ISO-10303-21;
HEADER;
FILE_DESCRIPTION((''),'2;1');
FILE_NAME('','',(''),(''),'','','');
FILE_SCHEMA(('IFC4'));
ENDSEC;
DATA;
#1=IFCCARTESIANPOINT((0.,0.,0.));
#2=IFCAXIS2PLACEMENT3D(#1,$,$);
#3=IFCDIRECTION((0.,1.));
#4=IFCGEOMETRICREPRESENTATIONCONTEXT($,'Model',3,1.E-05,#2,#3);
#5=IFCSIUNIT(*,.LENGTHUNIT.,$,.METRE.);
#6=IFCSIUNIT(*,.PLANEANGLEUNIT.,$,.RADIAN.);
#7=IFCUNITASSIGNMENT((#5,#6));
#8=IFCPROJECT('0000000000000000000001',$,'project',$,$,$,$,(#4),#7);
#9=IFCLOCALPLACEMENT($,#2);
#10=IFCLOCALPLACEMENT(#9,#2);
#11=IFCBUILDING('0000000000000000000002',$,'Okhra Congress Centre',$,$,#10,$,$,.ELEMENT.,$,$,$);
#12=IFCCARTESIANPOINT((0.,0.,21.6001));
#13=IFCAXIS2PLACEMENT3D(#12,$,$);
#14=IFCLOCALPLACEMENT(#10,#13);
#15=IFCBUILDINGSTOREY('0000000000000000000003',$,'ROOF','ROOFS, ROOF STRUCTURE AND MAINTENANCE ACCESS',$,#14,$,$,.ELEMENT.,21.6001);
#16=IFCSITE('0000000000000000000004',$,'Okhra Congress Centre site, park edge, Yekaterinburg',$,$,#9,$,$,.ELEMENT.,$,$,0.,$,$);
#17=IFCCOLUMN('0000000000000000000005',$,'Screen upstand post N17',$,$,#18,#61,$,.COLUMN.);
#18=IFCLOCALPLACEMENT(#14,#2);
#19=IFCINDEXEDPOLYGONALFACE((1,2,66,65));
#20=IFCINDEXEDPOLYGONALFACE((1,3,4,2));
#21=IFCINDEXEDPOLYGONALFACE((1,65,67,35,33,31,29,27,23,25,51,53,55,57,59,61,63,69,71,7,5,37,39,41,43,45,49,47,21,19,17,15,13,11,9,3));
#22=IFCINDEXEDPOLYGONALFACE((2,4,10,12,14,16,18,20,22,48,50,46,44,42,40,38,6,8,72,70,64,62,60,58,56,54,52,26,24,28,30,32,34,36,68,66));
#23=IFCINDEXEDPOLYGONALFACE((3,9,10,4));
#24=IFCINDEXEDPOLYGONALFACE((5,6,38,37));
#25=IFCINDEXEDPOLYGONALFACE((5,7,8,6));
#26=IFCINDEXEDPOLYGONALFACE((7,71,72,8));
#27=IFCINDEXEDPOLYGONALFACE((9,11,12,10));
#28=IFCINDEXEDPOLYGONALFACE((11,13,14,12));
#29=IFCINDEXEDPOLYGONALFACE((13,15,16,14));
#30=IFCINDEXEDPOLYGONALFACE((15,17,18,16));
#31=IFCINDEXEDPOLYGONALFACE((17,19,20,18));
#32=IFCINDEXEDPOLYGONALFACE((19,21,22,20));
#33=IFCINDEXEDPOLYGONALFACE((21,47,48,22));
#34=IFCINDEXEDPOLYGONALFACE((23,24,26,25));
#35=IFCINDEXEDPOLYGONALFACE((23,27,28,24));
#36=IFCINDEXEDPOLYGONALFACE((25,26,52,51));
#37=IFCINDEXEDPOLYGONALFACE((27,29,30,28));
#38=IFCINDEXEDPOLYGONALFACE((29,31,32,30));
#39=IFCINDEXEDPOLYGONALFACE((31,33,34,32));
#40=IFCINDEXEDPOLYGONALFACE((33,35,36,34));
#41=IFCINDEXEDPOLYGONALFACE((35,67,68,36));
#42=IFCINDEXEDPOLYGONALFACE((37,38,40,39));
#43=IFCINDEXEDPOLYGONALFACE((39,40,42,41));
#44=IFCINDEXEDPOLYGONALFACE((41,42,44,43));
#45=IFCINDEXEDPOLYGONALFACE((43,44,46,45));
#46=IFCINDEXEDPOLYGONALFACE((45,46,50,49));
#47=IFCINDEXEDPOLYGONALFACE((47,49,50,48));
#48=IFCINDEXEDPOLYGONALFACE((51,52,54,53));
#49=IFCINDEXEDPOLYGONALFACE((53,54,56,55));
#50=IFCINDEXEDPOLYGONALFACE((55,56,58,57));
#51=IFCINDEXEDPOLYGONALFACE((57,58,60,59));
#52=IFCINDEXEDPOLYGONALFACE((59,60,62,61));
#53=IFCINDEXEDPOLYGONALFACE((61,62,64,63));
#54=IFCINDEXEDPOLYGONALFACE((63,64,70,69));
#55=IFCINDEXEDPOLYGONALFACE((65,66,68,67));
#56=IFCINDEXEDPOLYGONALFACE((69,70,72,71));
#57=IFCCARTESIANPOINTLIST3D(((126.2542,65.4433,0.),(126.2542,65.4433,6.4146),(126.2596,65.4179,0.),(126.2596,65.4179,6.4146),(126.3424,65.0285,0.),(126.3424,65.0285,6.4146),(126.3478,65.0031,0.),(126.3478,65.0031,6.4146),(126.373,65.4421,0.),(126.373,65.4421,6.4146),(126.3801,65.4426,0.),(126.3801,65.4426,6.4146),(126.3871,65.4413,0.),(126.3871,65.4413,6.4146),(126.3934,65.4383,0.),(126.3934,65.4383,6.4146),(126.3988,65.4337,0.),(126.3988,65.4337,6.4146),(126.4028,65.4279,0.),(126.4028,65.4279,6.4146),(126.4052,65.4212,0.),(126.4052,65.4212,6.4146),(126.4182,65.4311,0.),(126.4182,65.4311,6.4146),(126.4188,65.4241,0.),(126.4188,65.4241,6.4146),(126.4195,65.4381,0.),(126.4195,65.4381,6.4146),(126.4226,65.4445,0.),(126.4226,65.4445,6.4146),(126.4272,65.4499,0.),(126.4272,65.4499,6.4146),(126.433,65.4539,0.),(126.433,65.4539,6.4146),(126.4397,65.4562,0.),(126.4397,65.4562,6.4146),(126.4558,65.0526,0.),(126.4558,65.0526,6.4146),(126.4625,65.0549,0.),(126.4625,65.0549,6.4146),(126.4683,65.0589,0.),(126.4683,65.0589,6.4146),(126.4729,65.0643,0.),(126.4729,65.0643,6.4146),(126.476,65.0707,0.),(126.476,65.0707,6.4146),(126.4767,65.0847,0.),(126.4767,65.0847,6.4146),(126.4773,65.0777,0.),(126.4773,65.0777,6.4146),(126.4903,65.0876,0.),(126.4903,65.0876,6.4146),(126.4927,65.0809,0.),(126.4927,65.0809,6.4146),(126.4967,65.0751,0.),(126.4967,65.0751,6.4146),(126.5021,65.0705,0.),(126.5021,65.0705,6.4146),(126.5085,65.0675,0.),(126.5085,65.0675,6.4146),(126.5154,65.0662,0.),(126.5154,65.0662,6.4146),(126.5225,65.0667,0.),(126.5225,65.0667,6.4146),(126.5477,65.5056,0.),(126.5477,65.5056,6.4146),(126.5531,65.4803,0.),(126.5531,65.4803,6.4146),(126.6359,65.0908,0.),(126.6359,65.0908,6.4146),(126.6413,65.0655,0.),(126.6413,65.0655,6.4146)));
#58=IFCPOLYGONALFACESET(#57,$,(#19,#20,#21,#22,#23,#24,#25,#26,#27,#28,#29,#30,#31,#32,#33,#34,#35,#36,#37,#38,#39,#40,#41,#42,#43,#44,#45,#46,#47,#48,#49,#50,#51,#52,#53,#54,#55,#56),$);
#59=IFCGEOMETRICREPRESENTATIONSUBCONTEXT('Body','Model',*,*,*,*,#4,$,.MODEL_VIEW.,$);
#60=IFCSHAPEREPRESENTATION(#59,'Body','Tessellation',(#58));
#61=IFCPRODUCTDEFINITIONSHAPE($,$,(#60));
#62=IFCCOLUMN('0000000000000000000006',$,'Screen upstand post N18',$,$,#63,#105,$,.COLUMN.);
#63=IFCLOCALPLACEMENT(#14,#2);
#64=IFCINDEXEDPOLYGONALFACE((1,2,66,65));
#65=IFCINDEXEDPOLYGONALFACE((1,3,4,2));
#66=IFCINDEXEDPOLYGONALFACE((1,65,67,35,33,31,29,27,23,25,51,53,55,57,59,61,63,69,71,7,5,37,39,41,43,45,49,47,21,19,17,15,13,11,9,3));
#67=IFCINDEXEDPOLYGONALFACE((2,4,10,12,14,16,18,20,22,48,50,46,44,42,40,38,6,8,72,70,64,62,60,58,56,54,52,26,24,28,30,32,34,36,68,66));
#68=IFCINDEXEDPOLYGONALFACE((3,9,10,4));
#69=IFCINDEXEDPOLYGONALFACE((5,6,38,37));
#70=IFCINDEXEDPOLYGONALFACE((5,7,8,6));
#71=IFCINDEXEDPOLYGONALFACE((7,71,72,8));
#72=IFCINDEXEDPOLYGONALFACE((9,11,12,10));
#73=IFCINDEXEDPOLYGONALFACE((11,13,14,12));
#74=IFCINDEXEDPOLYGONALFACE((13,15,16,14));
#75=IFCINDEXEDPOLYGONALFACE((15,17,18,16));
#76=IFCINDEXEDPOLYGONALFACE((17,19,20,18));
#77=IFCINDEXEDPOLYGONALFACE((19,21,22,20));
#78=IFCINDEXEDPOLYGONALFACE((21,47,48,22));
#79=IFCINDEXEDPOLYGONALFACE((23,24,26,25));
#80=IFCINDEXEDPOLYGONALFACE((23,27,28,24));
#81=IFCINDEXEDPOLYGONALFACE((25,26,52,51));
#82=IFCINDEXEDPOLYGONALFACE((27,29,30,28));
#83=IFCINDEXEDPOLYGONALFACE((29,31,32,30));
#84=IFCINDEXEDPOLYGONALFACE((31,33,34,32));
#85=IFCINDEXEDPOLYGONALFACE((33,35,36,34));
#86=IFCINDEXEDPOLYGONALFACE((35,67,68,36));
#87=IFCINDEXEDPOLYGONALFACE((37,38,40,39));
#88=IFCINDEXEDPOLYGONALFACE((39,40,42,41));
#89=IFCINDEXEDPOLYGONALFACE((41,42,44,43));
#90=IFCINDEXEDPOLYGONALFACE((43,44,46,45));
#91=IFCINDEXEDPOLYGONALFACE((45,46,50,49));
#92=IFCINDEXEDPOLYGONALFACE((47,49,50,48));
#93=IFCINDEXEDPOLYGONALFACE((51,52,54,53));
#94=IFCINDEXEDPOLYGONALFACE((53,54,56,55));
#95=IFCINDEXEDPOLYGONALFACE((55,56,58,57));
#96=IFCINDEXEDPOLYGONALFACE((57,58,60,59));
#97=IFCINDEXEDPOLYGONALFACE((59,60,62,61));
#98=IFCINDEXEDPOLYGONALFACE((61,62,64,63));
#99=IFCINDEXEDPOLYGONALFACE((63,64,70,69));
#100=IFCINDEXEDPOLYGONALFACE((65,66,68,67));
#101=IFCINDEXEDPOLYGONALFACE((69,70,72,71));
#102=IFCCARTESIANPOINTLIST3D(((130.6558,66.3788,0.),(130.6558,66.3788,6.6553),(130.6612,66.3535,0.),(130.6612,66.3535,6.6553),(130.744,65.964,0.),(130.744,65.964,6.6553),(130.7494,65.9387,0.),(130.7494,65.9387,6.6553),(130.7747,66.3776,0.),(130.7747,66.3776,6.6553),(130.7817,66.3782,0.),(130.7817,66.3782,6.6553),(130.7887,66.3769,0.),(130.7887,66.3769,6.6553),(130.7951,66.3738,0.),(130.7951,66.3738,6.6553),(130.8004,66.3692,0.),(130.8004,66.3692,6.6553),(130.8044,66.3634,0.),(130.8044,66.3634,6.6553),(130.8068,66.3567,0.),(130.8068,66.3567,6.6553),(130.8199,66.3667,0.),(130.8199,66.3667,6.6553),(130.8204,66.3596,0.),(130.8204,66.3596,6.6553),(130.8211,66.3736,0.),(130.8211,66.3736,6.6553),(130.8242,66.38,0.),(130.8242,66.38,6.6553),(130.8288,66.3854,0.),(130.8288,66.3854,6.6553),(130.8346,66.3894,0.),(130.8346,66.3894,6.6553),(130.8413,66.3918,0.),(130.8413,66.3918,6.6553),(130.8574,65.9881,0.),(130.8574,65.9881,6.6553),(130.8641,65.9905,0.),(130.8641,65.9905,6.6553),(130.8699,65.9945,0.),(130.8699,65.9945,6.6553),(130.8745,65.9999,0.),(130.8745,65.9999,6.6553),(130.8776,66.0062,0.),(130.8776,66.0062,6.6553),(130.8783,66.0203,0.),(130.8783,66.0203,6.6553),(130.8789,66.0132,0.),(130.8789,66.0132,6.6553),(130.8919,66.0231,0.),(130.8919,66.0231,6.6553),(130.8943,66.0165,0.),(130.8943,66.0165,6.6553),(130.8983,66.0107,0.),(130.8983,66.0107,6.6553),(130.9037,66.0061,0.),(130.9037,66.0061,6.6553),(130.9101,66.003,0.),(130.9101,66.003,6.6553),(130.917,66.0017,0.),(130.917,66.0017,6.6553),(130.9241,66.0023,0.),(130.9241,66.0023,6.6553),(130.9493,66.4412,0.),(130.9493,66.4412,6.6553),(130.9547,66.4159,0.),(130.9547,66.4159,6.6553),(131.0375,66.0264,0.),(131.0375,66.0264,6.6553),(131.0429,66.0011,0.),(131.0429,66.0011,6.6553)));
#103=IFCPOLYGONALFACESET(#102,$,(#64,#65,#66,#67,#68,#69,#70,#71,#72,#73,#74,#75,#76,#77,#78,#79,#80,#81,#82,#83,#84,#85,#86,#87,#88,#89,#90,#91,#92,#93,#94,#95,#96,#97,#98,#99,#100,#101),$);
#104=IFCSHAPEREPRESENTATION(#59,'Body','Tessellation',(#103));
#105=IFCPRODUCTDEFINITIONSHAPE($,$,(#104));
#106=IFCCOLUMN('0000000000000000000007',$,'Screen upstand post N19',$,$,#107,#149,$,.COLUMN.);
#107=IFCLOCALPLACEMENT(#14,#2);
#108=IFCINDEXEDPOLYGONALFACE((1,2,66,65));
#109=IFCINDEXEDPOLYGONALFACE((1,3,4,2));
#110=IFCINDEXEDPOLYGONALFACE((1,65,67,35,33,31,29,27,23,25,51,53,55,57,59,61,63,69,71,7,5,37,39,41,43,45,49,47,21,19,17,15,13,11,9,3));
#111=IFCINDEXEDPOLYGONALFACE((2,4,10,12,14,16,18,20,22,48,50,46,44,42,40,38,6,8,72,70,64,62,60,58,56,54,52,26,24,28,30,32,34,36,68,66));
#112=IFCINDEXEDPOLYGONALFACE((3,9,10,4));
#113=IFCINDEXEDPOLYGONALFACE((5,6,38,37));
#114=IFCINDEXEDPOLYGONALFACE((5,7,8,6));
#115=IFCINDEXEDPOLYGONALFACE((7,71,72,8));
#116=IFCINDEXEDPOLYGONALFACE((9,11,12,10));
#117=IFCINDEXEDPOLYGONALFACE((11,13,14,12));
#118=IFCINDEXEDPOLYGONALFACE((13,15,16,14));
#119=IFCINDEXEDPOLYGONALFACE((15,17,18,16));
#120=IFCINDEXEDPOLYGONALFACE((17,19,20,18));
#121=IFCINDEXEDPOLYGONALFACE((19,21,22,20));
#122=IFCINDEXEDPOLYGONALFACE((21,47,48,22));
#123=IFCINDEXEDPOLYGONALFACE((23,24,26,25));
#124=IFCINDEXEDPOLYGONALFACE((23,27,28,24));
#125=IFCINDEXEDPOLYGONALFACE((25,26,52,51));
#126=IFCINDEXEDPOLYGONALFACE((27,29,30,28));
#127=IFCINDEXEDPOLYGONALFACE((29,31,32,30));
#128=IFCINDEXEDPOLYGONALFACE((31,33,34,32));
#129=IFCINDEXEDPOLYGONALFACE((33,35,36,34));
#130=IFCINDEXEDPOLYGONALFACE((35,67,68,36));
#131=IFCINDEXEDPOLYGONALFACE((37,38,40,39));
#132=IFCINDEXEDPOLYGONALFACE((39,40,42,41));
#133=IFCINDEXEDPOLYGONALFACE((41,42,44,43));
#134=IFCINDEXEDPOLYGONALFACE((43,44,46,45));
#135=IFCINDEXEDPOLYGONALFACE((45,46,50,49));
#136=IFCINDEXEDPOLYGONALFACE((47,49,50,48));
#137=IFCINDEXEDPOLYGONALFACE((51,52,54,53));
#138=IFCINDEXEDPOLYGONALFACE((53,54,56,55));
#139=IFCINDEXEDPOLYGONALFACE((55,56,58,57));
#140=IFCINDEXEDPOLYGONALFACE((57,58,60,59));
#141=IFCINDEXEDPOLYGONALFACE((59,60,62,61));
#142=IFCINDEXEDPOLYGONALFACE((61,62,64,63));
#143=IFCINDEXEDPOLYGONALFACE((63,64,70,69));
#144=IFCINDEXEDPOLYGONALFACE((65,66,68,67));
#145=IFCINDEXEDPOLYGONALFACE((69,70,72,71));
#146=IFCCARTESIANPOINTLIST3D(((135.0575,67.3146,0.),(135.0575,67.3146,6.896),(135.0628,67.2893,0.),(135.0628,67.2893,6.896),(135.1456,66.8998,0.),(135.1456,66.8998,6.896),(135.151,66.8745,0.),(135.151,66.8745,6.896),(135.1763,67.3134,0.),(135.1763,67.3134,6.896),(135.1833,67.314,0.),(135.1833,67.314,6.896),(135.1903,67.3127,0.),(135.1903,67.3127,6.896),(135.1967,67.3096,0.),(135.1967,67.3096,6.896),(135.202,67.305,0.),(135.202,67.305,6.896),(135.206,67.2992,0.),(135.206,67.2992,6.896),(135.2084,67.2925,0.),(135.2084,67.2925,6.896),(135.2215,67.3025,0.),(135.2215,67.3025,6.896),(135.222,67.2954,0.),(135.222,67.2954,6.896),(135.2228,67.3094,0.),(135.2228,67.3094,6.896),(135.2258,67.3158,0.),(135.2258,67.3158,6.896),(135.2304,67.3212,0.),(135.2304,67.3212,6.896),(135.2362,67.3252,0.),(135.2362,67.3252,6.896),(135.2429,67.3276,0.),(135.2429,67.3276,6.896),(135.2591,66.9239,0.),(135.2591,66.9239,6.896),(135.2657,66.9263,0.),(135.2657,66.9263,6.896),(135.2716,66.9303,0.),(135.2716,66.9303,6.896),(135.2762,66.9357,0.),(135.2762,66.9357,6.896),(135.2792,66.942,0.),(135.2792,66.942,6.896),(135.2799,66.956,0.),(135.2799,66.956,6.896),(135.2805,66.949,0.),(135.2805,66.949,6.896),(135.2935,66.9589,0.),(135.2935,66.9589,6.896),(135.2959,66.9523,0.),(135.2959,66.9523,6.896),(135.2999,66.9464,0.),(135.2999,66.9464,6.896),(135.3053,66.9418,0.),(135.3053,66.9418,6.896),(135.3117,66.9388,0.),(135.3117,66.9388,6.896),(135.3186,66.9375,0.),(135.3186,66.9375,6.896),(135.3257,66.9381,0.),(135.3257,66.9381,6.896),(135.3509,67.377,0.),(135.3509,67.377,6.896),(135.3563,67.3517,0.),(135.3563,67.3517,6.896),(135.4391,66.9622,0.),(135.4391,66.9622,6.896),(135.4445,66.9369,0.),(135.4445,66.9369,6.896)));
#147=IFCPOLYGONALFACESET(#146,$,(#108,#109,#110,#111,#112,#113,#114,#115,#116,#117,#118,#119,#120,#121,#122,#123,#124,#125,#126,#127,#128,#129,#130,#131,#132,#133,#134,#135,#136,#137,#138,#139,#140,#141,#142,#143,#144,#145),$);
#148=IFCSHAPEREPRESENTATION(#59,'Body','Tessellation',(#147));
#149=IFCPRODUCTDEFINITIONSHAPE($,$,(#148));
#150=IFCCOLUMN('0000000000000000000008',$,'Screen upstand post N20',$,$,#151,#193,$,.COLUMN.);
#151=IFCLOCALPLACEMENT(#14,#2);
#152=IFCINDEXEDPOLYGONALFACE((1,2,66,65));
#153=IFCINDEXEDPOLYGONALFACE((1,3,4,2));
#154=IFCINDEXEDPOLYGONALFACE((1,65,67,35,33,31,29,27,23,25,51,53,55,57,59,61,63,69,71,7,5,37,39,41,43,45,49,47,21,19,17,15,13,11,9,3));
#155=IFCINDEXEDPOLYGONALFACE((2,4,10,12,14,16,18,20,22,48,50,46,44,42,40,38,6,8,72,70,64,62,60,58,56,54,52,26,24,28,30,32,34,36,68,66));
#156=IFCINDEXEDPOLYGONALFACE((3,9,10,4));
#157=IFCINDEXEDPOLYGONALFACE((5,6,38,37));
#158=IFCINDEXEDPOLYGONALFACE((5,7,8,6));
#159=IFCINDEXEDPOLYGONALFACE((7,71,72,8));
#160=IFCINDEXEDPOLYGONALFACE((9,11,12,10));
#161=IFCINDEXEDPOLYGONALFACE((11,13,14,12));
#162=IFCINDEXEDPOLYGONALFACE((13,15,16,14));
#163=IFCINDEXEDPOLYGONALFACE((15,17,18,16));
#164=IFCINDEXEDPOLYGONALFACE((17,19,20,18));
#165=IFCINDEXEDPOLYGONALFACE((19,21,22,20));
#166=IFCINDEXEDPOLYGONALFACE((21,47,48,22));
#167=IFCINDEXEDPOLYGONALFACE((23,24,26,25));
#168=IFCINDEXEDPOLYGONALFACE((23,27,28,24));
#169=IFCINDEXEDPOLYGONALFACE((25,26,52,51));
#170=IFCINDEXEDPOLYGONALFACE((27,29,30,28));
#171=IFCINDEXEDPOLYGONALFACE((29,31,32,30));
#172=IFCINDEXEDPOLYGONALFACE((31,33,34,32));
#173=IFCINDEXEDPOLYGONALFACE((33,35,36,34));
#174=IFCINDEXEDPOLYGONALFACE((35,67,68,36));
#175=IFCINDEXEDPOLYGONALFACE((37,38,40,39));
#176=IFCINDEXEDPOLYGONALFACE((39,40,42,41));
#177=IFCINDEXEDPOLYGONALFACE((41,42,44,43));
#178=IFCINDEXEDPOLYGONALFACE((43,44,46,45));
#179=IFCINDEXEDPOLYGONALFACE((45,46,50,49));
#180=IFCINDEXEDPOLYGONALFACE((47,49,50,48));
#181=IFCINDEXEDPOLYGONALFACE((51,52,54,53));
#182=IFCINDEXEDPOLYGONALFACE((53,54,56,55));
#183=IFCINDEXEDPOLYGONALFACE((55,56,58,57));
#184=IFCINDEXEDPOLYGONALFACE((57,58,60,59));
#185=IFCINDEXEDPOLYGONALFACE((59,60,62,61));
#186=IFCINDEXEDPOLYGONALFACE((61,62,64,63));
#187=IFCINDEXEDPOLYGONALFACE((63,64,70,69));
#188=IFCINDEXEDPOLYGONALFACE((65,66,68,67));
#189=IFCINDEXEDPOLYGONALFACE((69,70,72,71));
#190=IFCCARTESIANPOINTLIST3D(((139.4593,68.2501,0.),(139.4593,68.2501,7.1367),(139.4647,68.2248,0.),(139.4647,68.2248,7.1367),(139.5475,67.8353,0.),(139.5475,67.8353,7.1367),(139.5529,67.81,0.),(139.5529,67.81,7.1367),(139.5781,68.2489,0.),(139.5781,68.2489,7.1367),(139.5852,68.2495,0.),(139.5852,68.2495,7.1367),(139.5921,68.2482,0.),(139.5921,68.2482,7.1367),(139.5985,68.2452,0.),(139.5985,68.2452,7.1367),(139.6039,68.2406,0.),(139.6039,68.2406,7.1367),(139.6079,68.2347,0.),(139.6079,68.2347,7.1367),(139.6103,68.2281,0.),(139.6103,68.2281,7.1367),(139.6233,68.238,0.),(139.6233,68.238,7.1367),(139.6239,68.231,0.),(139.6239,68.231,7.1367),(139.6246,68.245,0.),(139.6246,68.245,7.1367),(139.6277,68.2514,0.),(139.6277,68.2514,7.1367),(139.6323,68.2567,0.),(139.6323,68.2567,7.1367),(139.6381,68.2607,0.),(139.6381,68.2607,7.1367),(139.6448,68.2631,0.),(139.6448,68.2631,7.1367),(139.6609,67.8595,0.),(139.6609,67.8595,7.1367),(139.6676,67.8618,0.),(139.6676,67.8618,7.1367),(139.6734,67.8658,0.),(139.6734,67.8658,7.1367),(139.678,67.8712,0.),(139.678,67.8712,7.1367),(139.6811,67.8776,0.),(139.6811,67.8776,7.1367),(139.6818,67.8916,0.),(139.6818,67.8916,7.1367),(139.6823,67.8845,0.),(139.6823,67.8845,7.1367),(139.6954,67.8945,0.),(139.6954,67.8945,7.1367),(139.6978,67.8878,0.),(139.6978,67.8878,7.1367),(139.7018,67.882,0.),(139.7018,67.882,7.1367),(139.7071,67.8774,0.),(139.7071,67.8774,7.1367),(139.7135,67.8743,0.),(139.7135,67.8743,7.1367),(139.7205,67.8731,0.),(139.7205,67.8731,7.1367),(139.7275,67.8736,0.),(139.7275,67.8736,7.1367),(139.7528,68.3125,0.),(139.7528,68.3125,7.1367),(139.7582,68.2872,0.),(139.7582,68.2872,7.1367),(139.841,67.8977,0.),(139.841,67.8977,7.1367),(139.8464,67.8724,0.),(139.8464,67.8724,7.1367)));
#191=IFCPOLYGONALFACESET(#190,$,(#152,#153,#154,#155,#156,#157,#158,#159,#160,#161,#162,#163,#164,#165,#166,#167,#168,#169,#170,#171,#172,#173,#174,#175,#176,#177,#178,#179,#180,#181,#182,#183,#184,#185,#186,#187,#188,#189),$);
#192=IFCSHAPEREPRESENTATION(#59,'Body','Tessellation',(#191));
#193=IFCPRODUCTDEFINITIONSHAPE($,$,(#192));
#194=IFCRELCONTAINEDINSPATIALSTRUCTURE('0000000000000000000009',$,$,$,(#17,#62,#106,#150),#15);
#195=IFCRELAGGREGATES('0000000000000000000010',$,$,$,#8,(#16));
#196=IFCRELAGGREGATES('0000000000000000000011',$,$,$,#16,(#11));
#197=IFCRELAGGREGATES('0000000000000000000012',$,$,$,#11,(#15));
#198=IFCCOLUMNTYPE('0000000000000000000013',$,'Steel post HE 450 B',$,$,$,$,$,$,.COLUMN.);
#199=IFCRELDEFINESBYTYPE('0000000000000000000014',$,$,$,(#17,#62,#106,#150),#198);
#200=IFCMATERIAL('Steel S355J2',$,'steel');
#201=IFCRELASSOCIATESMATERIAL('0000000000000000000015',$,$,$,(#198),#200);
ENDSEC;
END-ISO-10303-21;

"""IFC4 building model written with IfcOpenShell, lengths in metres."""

from ifc_helpers import new_model, si_unit, direction, frame, origin, origin_2d, place, context, subcontext, project, spatial, i_section, extrude, material, material_profile, profile_set, type_object, element, save


model = new_model("IFC4")

# Units and contexts
model_context = context("Model", 3, precision=1e-05, world=origin(), true_north=direction((0.0, 1.0)))
body_context = subcontext(model_context, "Body", "Model", "MODEL_VIEW")
ifc_project = project(units=[si_unit("LENGTHUNIT", "METRE"), si_unit("PLANEANGLEUNIT", "RADIAN")], contexts=[model_context])

# Site, building, storey
site_placement = place(None, origin())
site = spatial("IfcSite", under=ifc_project, at=site_placement, Name="Okhra Congress Centre site, park edge, Yekaterinburg", CompositionType="ELEMENT", RefElevation=0.0)
building_placement = place(site_placement, origin())
building = spatial("IfcBuilding", under=site, at=building_placement, Name="Okhra Congress Centre", CompositionType="ELEMENT")
storey_placement = place(building_placement, frame((0.0, 0.0, 21.6001)))
storey = spatial("IfcBuildingStorey", under=building, at=storey_placement, Name="ROOF", Description="ROOFS, ROOF STRUCTURE AND MAINTENANCE ACCESS", CompositionType="ELEMENT", Elevation=21.6001)

# Columns
ifc_material_1 = material(Name="Steel S355J2", Category="steel")
ifc_material_profile_1 = material_profile(ifc_material_1, i_section(OverallWidth=0.3, OverallDepth=0.45, WebThickness=0.0139, FlangeThickness=0.0259, FilletRadius=0.0271, at=origin_2d()), Name="HE 450 B")
ifc_profile_set_1 = profile_set([ifc_material_profile_1], Name="Steel S355J2")
column_type = type_object("IfcColumnType", Name="Steel post HE 450 B", PredefinedType="COLUMN", material=ifc_profile_set_1)
column_1_placement = place(storey_placement, frame((126.4478, 65.2544, 0.0), z_axis=(0.0, 0.0, 1.0), x_axis=(0.978148, 0.207912, 0.0)))
element("IfcColumn", 1, at=column_1_placement, inside=storey, type_object=column_type, Name="Screen upstand post N17", PredefinedType="COLUMN", context=body_context, shape_type="SweptSolid", body=[
    extrude(i_section(OverallWidth=0.3, OverallDepth=0.45, WebThickness=0.0139, FlangeThickness=0.0259, FilletRadius=0.0271, at=origin_2d()), origin(), (0.0, 0.0, 1.0), 6.4146),
])
column_2_placement = place(storey_placement, frame((130.8494, 66.1899, 0.0), z_axis=(0.0, 0.0, 1.0), x_axis=(0.978148, 0.207912, 0.0)))
element("IfcColumn", 2, at=column_2_placement, inside=storey, type_object=column_type, Name="Screen upstand post N18", PredefinedType="COLUMN", context=body_context, shape_type="SweptSolid", body=[
    extrude(i_section(OverallWidth=0.3, OverallDepth=0.45, WebThickness=0.0139, FlangeThickness=0.0259, FilletRadius=0.0271, at=origin_2d()), origin(), (0.0, 0.0, 1.0), 6.6553),
])
column_3_placement = place(storey_placement, frame((135.251, 67.1257, 0.0), z_axis=(0.0, 0.0, 1.0), x_axis=(0.978148, 0.207912, 0.0)))
element("IfcColumn", 3, at=column_3_placement, inside=storey, type_object=column_type, Name="Screen upstand post N19", PredefinedType="COLUMN", context=body_context, shape_type="SweptSolid", body=[
    extrude(i_section(OverallWidth=0.3, OverallDepth=0.45, WebThickness=0.0139, FlangeThickness=0.0259, FilletRadius=0.0271, at=origin_2d()), origin(), (0.0, 0.0, 1.0), 6.896),
])
column_4_placement = place(storey_placement, frame((139.6528, 68.0613, 0.0), z_axis=(0.0, 0.0, 1.0), x_axis=(0.978148, 0.207912, 0.0)))
element("IfcColumn", 4, at=column_4_placement, inside=storey, type_object=column_type, Name="Screen upstand post N20", PredefinedType="COLUMN", context=body_context, shape_type="SweptSolid", body=[
    extrude(i_section(OverallWidth=0.3, OverallDepth=0.45, WebThickness=0.0139, FlangeThickness=0.0259, FilletRadius=0.0271, at=origin_2d()), origin(), (0.0, 0.0, 1.0), 7.1367),
])

save(model, "model.ifc")
